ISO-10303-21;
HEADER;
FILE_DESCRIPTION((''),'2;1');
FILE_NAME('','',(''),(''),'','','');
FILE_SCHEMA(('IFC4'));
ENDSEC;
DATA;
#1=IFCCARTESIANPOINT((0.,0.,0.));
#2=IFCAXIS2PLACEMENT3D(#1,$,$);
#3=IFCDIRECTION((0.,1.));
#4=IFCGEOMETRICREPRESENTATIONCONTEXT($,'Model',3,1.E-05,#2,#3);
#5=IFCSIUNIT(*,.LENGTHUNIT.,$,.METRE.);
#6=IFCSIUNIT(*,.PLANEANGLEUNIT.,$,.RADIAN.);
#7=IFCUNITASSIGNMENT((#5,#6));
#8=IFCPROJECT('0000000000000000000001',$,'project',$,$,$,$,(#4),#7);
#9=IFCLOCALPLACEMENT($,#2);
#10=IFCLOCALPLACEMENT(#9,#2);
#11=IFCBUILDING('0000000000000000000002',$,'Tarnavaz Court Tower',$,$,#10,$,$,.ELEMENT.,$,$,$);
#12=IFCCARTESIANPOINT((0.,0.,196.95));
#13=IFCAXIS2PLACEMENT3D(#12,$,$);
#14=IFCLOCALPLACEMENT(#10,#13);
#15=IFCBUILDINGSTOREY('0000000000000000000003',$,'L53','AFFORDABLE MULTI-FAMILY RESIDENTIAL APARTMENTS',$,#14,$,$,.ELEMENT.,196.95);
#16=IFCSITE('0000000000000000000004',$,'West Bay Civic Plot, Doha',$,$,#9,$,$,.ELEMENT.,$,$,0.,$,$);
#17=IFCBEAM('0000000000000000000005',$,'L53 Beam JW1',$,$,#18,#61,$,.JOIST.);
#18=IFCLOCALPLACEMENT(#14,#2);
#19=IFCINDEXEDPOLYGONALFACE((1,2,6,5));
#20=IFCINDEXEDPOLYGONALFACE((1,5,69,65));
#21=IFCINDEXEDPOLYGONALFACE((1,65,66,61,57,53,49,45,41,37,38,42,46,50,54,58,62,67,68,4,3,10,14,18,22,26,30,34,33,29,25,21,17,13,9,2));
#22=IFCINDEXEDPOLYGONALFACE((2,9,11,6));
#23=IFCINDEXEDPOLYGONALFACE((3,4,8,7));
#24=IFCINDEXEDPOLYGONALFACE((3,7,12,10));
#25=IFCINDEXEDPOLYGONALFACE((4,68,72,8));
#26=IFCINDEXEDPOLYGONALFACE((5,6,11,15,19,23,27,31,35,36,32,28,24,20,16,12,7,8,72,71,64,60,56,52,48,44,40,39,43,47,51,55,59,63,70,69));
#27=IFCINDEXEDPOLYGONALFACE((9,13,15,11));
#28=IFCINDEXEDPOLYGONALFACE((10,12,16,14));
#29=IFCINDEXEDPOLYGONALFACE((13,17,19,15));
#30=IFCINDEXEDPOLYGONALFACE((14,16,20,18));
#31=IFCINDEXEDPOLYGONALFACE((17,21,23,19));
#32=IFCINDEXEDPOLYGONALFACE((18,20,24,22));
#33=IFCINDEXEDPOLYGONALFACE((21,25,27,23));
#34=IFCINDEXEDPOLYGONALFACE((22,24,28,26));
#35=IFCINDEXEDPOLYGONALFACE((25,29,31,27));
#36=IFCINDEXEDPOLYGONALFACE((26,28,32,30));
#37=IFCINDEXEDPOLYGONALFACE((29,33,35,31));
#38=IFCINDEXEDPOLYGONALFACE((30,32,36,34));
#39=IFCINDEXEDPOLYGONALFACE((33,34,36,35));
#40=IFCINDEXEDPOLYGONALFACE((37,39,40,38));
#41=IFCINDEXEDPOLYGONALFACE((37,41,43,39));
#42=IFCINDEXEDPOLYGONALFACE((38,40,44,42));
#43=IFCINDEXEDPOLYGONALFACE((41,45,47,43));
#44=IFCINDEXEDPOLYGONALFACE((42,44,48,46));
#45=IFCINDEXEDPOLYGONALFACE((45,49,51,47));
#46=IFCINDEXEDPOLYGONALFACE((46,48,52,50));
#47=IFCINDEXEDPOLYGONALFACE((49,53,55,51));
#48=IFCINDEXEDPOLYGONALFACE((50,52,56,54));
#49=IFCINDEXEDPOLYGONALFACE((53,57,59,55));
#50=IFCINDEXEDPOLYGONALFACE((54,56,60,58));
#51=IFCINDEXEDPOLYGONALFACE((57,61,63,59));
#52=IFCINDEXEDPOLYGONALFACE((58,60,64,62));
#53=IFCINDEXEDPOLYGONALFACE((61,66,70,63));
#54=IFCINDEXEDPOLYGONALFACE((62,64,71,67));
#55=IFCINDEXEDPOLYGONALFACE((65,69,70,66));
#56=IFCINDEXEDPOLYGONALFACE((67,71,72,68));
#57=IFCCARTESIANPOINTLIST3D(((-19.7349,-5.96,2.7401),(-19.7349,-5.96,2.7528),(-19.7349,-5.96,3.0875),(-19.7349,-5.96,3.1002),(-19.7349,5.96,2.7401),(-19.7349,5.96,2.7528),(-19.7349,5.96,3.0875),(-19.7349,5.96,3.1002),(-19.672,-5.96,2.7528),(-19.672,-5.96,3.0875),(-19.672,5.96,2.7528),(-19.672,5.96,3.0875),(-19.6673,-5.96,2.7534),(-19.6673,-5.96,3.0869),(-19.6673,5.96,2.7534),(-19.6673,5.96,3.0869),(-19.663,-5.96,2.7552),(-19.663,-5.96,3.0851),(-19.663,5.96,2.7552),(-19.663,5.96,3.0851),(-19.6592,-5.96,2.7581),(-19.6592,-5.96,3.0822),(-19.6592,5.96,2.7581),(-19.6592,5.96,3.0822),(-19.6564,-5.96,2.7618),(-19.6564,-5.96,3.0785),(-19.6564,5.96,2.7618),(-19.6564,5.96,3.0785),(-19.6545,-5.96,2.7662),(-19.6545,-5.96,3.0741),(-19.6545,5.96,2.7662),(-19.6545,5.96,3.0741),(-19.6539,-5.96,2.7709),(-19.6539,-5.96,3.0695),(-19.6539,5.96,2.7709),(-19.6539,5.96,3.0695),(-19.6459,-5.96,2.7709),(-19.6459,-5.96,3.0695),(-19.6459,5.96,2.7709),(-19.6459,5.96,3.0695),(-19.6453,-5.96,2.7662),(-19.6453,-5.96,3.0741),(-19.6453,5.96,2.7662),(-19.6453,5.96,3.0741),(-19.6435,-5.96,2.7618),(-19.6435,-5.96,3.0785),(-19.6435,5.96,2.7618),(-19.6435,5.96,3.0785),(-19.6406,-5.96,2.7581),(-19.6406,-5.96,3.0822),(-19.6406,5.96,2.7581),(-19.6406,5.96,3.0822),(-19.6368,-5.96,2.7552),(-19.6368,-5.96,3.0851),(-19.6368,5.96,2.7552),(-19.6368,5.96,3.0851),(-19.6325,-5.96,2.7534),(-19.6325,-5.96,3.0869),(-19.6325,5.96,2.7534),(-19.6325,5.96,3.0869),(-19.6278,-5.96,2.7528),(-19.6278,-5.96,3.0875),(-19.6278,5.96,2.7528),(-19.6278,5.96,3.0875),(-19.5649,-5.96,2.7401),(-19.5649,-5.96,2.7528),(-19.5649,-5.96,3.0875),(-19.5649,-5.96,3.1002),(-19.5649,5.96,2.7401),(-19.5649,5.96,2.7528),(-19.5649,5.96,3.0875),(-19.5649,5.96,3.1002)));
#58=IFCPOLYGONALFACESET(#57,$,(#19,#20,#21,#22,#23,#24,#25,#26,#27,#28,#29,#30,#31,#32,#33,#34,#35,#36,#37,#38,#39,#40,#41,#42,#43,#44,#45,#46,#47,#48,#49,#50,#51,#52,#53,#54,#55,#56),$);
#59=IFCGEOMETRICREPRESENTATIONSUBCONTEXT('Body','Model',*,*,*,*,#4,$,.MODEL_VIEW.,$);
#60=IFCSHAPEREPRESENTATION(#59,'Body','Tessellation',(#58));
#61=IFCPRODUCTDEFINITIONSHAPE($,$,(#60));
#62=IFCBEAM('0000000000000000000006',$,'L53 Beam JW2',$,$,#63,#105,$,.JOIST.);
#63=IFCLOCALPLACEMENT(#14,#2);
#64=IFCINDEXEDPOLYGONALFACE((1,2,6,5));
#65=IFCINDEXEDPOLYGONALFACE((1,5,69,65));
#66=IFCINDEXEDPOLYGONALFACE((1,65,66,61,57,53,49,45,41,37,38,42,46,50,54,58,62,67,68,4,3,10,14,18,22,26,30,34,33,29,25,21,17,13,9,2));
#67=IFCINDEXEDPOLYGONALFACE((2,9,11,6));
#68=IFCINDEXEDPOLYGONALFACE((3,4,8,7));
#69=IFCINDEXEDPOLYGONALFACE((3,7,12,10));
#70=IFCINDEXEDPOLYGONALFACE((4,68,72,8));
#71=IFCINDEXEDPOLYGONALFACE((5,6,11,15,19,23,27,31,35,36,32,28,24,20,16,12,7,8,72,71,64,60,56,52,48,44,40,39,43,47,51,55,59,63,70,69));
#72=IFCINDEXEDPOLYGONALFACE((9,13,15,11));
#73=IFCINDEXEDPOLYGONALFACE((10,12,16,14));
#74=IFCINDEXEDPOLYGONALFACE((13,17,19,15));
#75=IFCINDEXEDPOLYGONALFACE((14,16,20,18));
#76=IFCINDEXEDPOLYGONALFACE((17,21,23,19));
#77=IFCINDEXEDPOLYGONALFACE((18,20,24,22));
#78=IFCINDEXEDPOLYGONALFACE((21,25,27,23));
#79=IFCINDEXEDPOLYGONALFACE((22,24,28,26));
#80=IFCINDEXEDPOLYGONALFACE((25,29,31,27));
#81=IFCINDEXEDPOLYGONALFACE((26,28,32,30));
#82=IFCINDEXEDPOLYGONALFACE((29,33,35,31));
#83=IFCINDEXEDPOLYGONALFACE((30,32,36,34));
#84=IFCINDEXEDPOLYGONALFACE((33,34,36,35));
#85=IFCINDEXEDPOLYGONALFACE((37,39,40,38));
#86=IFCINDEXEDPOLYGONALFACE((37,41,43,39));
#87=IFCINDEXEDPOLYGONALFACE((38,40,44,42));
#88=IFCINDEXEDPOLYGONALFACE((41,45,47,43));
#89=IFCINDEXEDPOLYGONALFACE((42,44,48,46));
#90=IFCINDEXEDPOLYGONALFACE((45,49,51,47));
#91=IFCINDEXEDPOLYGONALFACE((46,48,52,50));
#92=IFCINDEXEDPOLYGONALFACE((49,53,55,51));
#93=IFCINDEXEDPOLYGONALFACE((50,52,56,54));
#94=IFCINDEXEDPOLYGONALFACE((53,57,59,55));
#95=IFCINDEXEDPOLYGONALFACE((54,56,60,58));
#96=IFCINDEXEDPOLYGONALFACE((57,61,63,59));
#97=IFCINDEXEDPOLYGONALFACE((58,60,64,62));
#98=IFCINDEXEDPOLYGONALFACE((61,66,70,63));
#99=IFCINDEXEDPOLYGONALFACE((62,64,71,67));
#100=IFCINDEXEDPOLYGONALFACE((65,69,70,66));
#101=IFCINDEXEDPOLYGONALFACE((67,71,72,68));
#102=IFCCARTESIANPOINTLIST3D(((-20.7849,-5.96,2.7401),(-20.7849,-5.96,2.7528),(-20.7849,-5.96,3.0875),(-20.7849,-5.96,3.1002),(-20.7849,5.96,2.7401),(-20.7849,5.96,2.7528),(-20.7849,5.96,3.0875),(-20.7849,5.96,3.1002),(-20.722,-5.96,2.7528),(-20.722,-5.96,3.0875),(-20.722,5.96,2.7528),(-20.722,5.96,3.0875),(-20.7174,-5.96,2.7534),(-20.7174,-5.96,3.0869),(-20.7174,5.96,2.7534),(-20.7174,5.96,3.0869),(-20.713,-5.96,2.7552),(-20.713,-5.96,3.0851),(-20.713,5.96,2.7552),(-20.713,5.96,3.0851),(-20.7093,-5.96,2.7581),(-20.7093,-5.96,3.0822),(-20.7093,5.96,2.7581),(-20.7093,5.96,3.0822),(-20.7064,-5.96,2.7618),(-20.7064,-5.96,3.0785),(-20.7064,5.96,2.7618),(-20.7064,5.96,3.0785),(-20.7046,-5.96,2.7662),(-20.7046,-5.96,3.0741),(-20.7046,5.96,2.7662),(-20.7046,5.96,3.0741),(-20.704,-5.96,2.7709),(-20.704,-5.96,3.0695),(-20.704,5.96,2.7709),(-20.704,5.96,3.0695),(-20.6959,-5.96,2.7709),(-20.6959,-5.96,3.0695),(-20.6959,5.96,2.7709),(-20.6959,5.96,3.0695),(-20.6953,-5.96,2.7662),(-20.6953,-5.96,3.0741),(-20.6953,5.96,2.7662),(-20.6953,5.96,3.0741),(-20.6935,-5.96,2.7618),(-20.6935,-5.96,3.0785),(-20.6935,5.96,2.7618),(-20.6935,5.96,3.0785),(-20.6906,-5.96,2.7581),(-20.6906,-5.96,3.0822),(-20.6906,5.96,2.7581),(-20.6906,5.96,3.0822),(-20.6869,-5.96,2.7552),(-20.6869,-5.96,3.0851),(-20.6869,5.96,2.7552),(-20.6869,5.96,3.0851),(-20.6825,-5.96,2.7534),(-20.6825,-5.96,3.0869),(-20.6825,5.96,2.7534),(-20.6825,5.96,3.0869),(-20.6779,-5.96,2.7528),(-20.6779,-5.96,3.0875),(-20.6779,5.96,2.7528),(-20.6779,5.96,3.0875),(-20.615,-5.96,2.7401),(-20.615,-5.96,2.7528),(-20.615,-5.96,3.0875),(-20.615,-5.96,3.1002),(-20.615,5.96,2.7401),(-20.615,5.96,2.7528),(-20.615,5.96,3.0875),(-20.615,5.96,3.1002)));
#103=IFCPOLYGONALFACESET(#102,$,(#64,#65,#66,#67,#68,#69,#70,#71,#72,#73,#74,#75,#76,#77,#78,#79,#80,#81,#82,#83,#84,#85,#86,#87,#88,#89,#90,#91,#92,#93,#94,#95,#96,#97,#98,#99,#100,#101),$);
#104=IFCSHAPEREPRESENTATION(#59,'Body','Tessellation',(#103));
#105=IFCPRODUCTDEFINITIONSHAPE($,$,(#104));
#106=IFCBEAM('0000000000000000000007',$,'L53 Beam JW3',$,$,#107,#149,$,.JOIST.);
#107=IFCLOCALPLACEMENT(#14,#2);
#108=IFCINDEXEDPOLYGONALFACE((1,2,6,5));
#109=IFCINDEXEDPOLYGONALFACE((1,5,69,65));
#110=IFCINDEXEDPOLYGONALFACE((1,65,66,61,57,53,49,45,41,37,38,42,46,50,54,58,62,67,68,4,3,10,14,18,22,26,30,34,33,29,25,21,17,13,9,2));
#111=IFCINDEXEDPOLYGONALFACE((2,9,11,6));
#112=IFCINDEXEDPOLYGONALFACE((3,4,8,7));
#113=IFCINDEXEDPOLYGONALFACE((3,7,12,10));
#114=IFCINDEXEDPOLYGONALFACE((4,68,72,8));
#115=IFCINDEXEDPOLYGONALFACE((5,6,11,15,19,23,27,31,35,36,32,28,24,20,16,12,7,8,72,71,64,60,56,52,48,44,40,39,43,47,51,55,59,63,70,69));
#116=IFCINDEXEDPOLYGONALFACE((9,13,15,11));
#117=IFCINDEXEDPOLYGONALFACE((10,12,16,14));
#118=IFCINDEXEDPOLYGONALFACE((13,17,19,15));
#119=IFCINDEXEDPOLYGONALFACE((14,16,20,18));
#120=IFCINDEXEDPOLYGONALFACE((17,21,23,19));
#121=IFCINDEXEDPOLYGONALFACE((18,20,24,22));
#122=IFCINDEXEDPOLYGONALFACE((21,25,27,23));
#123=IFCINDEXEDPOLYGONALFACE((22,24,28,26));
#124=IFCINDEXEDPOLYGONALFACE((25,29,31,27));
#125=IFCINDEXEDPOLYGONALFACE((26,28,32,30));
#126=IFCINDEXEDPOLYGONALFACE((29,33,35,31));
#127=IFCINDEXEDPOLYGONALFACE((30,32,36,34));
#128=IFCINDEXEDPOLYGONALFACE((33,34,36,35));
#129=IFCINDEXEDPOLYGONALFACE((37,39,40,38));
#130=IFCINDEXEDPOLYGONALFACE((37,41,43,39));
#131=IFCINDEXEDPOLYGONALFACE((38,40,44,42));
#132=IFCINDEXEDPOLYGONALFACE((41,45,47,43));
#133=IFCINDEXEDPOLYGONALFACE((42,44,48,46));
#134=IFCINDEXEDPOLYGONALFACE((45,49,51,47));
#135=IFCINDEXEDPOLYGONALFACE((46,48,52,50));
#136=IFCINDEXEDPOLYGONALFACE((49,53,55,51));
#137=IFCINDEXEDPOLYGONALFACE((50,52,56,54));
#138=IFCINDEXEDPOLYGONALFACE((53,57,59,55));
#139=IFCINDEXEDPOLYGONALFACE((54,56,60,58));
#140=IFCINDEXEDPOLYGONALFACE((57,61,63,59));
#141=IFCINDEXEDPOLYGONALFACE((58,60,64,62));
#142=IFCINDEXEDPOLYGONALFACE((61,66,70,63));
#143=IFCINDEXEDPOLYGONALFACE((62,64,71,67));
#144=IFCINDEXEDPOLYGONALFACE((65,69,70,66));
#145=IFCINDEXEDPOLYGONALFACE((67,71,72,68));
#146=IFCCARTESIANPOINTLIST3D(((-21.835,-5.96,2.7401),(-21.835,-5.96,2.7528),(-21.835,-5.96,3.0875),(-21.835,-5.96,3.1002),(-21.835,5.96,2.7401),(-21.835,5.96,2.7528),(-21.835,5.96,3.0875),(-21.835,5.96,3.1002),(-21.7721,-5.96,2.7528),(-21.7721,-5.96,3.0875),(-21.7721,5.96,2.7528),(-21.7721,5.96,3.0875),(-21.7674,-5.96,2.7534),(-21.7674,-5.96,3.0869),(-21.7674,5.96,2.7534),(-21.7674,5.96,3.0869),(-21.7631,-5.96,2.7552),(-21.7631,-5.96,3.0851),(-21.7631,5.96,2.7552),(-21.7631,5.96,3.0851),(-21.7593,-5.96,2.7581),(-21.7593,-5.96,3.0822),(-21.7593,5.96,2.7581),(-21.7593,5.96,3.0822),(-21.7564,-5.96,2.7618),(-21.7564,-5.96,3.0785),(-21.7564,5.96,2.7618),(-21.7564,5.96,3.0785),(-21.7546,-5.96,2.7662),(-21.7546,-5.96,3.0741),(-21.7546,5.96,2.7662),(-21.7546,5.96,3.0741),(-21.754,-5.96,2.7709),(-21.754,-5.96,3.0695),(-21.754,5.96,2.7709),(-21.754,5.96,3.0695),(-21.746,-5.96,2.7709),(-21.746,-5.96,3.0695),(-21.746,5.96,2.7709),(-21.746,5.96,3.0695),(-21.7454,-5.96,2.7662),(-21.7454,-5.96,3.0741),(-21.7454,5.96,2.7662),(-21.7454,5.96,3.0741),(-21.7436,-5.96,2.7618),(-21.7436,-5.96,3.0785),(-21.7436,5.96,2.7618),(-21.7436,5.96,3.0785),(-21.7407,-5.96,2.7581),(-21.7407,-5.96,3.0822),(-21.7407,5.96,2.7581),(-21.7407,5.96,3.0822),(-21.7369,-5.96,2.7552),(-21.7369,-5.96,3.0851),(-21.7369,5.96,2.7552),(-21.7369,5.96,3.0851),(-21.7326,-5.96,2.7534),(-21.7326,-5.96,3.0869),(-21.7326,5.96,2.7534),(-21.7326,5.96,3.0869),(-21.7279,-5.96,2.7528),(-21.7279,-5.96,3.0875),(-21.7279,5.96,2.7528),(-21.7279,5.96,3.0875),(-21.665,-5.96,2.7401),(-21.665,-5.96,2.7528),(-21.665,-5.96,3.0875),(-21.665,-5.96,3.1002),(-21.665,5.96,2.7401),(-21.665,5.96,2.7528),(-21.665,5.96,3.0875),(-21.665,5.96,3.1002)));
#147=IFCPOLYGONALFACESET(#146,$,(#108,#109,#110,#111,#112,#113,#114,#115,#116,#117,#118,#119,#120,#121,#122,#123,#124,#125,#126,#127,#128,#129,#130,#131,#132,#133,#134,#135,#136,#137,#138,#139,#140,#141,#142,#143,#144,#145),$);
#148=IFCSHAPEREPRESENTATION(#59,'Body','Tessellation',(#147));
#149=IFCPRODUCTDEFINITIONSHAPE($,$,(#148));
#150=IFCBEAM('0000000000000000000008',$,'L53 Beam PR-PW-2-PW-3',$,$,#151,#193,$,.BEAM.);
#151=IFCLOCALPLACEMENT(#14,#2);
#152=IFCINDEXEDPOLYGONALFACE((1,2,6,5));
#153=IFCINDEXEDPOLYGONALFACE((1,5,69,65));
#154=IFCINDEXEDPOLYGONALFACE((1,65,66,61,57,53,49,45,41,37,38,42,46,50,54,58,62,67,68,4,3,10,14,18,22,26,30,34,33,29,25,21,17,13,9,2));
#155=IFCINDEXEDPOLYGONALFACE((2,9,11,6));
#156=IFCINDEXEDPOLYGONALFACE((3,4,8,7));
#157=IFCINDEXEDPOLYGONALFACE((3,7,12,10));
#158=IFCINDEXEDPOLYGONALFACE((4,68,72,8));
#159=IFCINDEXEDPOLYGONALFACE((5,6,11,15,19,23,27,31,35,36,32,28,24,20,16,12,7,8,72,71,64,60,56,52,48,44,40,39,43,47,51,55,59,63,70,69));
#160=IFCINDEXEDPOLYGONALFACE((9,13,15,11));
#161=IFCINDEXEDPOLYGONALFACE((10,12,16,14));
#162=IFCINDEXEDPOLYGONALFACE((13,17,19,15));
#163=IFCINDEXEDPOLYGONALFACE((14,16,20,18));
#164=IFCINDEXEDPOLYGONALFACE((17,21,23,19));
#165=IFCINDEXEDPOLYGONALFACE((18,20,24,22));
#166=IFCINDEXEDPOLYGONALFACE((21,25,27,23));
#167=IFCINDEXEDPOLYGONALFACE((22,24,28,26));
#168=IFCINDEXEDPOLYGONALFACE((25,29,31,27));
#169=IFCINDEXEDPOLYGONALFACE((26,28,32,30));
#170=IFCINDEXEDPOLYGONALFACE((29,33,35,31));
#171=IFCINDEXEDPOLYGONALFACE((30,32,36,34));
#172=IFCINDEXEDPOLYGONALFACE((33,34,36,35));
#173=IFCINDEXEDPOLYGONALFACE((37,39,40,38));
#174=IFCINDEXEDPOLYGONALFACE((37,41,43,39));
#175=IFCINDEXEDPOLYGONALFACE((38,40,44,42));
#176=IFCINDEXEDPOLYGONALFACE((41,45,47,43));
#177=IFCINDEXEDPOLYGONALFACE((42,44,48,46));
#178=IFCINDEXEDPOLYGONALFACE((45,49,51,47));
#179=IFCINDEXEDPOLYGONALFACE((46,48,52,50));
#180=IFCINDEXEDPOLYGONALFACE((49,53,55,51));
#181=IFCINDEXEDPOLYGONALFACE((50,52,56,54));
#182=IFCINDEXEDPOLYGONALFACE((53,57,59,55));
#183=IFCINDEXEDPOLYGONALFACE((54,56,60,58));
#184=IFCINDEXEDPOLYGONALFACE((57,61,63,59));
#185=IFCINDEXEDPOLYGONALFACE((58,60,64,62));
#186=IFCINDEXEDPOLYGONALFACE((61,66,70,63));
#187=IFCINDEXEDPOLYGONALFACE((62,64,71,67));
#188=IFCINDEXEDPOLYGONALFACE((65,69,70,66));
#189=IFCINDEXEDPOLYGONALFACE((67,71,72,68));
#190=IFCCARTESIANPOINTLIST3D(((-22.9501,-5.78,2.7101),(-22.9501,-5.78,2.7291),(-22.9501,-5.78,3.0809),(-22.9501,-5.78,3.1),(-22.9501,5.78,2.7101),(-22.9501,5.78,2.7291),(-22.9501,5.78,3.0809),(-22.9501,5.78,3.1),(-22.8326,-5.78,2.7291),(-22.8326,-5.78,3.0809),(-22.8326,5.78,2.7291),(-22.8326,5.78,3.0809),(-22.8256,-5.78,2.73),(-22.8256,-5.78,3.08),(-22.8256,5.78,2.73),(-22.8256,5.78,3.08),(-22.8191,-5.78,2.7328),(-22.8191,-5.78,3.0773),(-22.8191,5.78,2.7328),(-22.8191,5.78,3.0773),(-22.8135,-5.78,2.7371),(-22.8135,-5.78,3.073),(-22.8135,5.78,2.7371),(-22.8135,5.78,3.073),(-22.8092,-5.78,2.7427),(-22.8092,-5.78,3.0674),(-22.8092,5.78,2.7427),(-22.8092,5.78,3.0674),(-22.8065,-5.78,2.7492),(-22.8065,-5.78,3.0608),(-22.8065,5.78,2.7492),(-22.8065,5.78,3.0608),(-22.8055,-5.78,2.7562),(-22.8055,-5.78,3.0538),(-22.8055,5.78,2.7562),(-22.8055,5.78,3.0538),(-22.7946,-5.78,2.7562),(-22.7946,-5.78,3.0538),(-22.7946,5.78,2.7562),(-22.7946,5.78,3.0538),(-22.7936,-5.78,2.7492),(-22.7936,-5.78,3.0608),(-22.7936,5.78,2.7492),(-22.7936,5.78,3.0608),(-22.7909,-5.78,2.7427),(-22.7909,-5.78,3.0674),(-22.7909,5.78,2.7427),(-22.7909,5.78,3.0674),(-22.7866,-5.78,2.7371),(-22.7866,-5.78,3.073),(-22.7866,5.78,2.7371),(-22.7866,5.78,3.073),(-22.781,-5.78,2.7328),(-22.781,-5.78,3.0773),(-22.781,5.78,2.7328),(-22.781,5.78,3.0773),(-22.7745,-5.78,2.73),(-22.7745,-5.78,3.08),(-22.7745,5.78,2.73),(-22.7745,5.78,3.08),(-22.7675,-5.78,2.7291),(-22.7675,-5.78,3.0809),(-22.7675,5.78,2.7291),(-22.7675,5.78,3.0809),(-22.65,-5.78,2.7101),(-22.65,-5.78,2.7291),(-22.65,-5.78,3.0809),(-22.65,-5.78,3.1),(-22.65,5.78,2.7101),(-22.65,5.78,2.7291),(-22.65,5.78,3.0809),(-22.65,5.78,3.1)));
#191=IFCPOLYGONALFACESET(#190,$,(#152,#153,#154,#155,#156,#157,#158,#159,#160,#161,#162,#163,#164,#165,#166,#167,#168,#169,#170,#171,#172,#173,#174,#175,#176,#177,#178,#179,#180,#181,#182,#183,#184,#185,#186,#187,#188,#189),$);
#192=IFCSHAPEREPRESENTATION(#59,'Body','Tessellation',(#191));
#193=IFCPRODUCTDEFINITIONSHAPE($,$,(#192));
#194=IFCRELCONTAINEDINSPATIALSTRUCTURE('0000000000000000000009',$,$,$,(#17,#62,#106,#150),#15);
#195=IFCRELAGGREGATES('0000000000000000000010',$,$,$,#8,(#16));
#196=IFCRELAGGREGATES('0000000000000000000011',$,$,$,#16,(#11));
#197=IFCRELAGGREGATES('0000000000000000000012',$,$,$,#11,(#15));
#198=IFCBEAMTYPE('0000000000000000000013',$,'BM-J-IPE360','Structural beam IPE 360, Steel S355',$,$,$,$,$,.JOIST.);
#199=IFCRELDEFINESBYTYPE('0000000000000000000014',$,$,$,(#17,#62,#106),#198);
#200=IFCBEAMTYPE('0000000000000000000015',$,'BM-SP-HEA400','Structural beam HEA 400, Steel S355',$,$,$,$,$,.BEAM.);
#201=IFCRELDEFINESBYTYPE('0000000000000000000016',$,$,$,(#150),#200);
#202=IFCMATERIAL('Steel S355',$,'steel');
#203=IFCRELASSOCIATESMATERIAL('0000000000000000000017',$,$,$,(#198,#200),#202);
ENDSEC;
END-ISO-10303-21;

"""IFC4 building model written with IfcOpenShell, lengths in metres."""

from ifc_helpers import new_model, si_unit, direction, frame, origin, origin_2d, place, context, subcontext, project, spatial, i_section, extrude, material, material_profile, profile_set, type_object, element, save


model = new_model("IFC4")

# Units and contexts
model_context = context("Model", 3, precision=1e-05, world=origin(), true_north=direction((0.0, 1.0)))
body_context = subcontext(model_context, "Body", "Model", "MODEL_VIEW")
ifc_project = project(units=[si_unit("LENGTHUNIT", "METRE"), si_unit("PLANEANGLEUNIT", "RADIAN")], contexts=[model_context])

# Site, building, storey
site_placement = place(None, origin())
site = spatial("IfcSite", under=ifc_project, at=site_placement, Name="West Bay Civic Plot, Doha", CompositionType="ELEMENT", RefElevation=0.0)
building_placement = place(site_placement, origin())
building = spatial("IfcBuilding", under=site, at=building_placement, Name="Tarnavaz Court Tower", CompositionType="ELEMENT")
storey_placement = place(building_placement, frame((0.0, 0.0, 196.95)))
storey = spatial("IfcBuildingStorey", under=building, at=storey_placement, Name="L53", Description="AFFORDABLE MULTI-FAMILY RESIDENTIAL APARTMENTS", CompositionType="ELEMENT", Elevation=196.95)

# Beams
ifc_material_1 = material(Name="Steel S355", Category="steel")
ifc_material_profile_1 = material_profile(ifc_material_1, i_section(OverallWidth=0.1699, OverallDepth=0.3601, WebThickness=0.0081, FlangeThickness=0.0127, FilletRadius=0.0181, at=origin_2d()), Name="IPE 360")
ifc_profile_set_1 = profile_set([ifc_material_profile_1], Name="Steel S355")
beam_type_1 = type_object("IfcBeamType", Name="BM-J-IPE360", Description="Structural beam IPE 360, Steel S355", PredefinedType="JOIST", material=ifc_profile_set_1)
for number, where, z_axis, x_axis, name in (
    (1, (-19.6499, -5.96, 2.9202), (0.0, 1.0, 0.0), (-1.0, 0.0, 0.0), "L53 Beam JW1"),
    (2, (-20.7, -5.96, 2.9202), (0.0, 1.0, 0.0), (-1.0, 0.0, 0.0), "L53 Beam JW2"),
    (3, (-21.75, -5.96, 2.9202), (0.0, 1.0, 0.0), (-1.0, 0.0, 0.0), "L53 Beam JW3"),
):
    element("IfcBeam", number, at=place(storey_placement, frame(where, z_axis=z_axis, x_axis=x_axis)), inside=storey, type_object=beam_type_1, Name=name, PredefinedType="JOIST", context=body_context, shape_type="SweptSolid", body=[
        extrude(i_section(OverallWidth=0.1699, OverallDepth=0.3601, WebThickness=0.0081, FlangeThickness=0.0127, FilletRadius=0.0181, at=origin_2d()), origin(), (0.0, 0.0, 1.0), 11.9199),
    ])
ifc_material_profile_2 = material_profile(ifc_material_1, i_section(OverallWidth=0.3, OverallDepth=0.3899, WebThickness=0.011, FlangeThickness=0.019, FilletRadius=0.0271, at=origin_2d()), Name="HEA 400")
ifc_profile_set_2 = profile_set([ifc_material_profile_2], Name="Steel S355")
beam_type_2 = type_object("IfcBeamType", Name="BM-SP-HEA400", Description="Structural beam HEA 400, Steel S355", PredefinedType="BEAM", material=ifc_profile_set_2)
beam_1_placement = place(storey_placement, frame((-22.8, -5.78, 2.905), z_axis=(0.0, 1.0, 0.0), x_axis=(-1.0, 0.0, 0.0)))
element("IfcBeam", 4, at=beam_1_placement, inside=storey, type_object=beam_type_2, Name="L53 Beam PR-PW-2-PW-3", PredefinedType="BEAM", context=body_context, shape_type="SweptSolid", body=[
    extrude(i_section(OverallWidth=0.3, OverallDepth=0.3899, WebThickness=0.011, FlangeThickness=0.019, FilletRadius=0.0271, at=origin_2d()), origin(), (0.0, 0.0, 1.0), 11.5601),
])

save(model, "model.ifc")
